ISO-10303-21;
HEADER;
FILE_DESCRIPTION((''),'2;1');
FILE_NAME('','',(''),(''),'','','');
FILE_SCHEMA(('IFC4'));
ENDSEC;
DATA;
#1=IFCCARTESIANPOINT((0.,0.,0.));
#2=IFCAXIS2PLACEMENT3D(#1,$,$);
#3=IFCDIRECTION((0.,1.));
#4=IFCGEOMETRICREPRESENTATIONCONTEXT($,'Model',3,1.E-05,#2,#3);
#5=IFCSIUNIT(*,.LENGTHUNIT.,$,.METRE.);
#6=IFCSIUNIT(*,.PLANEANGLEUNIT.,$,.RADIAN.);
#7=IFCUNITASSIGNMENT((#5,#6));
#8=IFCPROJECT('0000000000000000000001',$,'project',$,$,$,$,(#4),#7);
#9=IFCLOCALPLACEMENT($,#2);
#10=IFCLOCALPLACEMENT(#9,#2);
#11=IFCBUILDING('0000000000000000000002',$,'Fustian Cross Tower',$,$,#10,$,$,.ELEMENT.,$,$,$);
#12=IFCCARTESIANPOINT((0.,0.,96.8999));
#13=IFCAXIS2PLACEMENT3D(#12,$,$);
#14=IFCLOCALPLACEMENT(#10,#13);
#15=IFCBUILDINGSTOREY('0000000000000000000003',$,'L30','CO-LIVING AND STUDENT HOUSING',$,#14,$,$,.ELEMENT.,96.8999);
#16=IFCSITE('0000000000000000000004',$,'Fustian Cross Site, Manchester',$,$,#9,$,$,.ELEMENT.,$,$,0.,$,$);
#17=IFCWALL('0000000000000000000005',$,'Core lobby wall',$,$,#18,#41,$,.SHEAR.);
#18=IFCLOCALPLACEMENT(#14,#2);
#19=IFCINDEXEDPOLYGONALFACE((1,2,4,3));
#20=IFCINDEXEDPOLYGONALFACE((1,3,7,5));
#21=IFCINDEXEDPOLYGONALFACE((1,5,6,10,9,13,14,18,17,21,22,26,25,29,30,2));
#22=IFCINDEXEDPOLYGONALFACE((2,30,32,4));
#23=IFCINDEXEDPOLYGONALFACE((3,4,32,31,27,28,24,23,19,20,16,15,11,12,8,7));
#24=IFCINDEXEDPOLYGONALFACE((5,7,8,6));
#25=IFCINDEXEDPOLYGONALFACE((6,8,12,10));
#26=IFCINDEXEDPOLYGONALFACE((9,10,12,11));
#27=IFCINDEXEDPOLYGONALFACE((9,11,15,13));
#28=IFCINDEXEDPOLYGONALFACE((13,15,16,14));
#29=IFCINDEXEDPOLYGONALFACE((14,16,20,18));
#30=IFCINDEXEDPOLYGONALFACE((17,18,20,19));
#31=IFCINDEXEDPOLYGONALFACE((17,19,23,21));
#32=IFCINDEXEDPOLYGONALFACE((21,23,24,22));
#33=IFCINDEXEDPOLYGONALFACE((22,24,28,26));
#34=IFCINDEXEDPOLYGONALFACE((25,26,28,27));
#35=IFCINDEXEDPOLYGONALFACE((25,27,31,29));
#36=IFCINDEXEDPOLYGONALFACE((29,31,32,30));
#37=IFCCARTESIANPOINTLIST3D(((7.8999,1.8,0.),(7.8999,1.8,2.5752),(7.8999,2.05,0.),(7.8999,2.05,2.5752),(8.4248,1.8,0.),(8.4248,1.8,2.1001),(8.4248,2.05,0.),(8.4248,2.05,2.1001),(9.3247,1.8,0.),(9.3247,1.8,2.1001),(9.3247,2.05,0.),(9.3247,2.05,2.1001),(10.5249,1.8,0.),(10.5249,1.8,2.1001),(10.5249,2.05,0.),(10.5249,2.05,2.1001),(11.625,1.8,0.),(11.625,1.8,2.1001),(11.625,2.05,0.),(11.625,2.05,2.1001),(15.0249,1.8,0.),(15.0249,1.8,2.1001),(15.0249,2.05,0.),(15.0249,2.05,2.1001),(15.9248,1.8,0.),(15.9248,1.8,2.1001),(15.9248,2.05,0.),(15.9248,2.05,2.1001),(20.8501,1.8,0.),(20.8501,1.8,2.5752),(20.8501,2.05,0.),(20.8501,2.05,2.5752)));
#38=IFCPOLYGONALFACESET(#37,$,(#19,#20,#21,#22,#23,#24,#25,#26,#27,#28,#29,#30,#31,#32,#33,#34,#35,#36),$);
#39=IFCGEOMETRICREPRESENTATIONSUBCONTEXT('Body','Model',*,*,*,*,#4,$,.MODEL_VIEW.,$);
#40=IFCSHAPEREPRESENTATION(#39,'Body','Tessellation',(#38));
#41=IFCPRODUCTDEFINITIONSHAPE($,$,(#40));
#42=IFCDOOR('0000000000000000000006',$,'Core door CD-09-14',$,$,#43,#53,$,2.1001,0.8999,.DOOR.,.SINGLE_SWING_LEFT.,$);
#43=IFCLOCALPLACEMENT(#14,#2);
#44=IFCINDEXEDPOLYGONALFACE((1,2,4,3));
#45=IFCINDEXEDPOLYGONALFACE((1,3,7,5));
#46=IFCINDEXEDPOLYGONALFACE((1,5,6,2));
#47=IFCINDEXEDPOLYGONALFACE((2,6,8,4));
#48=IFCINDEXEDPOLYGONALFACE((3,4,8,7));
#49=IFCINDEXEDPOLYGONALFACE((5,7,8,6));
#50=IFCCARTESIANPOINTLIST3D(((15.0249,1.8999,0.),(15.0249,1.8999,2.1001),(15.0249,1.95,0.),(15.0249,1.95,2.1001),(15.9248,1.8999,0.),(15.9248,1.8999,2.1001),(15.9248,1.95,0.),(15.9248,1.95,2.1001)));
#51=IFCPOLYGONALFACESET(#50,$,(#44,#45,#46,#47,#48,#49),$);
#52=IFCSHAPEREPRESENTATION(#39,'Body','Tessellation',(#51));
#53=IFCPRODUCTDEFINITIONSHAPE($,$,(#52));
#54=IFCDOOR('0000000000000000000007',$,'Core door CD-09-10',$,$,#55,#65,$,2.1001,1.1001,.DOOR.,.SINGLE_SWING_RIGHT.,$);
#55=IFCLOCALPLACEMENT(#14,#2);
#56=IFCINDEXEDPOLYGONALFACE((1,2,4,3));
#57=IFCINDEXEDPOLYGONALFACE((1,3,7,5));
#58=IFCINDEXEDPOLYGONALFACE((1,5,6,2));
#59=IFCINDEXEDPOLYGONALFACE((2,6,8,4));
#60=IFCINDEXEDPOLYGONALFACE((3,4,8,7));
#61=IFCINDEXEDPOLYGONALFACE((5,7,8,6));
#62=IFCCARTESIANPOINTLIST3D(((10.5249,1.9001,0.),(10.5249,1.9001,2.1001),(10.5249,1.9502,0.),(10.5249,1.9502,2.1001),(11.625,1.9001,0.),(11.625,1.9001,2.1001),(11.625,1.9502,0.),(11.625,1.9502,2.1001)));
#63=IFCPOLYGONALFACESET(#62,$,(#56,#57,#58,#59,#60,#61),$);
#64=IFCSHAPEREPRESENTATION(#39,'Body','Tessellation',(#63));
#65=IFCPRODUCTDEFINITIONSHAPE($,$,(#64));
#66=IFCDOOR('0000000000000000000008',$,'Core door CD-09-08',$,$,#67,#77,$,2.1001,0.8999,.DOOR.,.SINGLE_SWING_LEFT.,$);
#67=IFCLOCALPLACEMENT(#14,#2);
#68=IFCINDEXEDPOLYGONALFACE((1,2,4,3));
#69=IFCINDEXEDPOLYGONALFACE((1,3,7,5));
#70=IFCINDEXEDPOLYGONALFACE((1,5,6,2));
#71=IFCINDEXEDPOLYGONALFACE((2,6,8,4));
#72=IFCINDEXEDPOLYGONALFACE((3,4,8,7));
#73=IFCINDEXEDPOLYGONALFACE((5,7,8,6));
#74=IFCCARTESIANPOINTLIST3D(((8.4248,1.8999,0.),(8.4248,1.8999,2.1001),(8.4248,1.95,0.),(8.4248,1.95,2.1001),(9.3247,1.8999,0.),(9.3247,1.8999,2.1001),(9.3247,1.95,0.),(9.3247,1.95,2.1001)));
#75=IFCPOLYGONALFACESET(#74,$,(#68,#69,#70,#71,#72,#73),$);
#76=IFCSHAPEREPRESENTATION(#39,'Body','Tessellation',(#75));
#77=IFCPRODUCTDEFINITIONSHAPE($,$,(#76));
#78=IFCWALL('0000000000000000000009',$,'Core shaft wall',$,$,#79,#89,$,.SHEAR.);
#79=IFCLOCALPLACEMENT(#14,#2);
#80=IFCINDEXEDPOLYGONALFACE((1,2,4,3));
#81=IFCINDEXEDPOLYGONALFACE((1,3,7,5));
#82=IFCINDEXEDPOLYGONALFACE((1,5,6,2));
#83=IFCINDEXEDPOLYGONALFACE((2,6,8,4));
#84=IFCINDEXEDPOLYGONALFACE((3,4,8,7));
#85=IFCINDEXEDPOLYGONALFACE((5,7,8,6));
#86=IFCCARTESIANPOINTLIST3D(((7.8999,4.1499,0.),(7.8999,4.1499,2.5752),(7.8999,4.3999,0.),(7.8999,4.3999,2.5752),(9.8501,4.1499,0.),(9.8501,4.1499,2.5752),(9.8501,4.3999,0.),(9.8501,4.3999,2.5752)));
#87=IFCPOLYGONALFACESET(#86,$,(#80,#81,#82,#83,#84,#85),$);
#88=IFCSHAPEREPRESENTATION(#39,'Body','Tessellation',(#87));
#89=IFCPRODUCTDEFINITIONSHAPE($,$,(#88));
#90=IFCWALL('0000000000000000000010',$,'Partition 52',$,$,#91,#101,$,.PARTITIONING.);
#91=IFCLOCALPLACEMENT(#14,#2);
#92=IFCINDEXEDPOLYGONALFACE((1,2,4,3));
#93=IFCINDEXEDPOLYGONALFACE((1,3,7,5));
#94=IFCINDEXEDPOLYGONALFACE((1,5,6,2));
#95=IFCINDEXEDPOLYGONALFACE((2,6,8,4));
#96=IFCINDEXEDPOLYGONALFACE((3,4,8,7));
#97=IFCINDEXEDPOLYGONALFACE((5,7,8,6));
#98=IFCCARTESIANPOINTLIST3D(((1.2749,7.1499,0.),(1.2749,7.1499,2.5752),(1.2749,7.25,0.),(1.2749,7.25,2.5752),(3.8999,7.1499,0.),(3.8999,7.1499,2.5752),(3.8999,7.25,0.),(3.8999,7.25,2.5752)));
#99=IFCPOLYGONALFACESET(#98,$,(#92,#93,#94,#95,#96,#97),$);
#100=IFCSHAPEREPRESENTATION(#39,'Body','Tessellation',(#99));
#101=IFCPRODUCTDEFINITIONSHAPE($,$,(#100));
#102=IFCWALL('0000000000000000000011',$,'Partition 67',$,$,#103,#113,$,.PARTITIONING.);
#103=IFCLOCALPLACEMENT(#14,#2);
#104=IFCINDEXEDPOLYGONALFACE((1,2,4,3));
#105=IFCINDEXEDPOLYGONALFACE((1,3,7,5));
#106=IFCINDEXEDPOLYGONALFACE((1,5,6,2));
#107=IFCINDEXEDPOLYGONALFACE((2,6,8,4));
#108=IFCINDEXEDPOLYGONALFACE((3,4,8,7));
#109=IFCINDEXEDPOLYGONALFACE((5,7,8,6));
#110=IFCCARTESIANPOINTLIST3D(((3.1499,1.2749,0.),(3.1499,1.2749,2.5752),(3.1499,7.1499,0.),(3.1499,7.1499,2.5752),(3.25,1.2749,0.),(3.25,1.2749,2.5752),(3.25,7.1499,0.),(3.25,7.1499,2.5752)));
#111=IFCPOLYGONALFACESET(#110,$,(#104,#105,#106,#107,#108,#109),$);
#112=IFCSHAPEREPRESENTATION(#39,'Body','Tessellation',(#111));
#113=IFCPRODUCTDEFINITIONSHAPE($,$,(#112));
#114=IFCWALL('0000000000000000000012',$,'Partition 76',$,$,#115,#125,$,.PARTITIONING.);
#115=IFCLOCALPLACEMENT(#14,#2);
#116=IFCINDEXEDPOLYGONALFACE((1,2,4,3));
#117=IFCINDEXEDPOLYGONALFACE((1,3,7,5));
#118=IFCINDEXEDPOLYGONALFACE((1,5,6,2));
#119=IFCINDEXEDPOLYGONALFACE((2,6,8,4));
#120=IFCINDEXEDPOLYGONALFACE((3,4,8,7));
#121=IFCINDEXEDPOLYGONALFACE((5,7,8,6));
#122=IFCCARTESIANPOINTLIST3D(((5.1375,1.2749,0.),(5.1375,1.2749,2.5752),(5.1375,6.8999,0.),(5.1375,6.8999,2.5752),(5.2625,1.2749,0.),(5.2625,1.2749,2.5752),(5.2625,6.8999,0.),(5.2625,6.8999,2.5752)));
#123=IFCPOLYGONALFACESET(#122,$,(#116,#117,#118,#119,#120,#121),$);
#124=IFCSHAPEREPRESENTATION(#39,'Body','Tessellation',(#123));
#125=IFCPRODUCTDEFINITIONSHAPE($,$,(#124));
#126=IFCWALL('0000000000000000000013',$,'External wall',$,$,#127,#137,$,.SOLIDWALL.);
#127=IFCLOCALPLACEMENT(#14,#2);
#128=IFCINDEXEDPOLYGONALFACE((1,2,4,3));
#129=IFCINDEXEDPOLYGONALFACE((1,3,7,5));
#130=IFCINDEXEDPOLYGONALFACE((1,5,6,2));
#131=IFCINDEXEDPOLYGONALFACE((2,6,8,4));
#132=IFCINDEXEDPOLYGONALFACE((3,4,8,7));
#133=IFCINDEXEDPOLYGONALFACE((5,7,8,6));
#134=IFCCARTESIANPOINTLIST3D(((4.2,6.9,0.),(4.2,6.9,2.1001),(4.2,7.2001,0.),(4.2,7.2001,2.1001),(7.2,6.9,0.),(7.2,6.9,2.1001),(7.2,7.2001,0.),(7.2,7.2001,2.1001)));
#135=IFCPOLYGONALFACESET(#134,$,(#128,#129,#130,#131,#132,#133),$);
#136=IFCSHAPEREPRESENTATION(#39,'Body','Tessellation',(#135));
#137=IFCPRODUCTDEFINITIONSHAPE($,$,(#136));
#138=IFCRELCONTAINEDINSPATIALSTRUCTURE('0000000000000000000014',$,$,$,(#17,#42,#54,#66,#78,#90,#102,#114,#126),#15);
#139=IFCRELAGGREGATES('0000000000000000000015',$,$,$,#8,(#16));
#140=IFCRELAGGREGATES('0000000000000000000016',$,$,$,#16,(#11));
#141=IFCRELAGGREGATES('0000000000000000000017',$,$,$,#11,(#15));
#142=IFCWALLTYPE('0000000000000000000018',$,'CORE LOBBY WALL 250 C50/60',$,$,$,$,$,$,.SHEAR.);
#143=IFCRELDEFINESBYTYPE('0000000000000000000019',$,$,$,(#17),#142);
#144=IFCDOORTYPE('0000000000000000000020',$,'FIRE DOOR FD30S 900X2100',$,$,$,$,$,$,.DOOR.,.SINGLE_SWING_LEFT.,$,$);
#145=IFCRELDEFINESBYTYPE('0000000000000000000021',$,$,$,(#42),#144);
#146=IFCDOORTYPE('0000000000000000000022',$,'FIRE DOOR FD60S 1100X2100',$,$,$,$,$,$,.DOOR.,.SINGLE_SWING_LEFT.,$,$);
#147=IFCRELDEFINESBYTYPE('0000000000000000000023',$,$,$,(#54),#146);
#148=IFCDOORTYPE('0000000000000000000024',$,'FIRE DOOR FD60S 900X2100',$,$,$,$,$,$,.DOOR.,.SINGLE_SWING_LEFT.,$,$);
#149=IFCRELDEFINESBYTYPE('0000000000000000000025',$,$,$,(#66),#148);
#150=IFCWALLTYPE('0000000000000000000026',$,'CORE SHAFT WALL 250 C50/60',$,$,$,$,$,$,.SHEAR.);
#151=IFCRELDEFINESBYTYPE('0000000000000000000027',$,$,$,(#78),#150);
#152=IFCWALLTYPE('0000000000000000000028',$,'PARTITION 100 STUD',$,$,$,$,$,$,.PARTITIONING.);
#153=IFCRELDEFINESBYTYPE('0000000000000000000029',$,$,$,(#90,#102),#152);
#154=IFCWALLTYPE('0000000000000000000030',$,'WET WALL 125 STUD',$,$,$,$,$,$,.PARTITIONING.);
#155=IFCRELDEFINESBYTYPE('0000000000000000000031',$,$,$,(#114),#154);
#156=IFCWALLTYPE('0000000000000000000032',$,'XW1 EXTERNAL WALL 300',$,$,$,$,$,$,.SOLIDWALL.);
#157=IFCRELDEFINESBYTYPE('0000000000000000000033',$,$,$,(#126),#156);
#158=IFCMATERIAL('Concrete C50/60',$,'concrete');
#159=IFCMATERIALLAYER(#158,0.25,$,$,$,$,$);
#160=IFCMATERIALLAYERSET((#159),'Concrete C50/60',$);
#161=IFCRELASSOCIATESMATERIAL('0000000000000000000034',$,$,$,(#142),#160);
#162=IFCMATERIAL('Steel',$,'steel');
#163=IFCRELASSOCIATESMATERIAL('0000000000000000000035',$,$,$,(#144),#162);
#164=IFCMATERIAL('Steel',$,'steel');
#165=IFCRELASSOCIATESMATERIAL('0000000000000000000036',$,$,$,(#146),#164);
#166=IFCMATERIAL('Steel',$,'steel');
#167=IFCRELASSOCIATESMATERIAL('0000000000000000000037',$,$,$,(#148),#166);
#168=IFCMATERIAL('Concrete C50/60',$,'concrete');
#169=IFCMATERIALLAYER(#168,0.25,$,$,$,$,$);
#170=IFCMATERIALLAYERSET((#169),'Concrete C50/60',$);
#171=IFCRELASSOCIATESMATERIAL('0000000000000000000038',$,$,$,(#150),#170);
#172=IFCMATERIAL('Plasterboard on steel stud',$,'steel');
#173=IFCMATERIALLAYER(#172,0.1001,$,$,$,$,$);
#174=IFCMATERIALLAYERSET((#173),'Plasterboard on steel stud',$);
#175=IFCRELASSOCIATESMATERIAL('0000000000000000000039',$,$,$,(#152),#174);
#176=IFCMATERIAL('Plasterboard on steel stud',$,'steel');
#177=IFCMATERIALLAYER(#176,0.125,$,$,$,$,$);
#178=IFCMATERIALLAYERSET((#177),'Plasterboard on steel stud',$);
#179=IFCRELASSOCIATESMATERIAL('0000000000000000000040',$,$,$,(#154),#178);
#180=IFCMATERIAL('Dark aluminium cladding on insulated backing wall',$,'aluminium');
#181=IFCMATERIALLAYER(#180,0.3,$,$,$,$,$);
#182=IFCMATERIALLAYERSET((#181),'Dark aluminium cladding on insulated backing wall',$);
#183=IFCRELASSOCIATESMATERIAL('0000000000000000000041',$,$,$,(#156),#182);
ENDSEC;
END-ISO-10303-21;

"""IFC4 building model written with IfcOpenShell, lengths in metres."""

from ifc_helpers import new_model, si_unit, direction, frame, frame_2d, origin, place, context, subcontext, project, spatial, rectangle, extrude, material, layer, layer_set, type_object, element, fill, save


model = new_model("IFC4")

# Units and contexts
model_context = context("Model", 3, precision=1e-05, world=origin(), true_north=direction((0.0, 1.0)))
body_context = subcontext(model_context, "Body", "Model", "MODEL_VIEW")
ifc_project = project(units=[si_unit("LENGTHUNIT", "METRE"), si_unit("PLANEANGLEUNIT", "RADIAN")], contexts=[model_context])

# Site, building, storey
site_placement = place(None, origin())
site = spatial("IfcSite", under=ifc_project, at=site_placement, Name="Fustian Cross Site, Manchester", CompositionType="ELEMENT", RefElevation=0.0)
building_placement = place(site_placement, origin())
building = spatial("IfcBuilding", under=site, at=building_placement, Name="Fustian Cross Tower", CompositionType="ELEMENT")
storey_placement = place(building_placement, frame((0.0, 0.0, 96.8999)))
storey = spatial("IfcBuildingStorey", under=building, at=storey_placement, Name="L30", Description="CO-LIVING AND STUDENT HOUSING", CompositionType="ELEMENT", Elevation=96.8999)

# Wall, openings, doors
ifc_material_1 = material(Name="Concrete C50/60", Category="concrete")
ifc_layer_1 = layer(ifc_material_1, 0.25)
ifc_layer_set_1 = layer_set([ifc_layer_1], Name="Concrete C50/60")
wall_type_1 = type_object("IfcWallType", Name="CORE LOBBY WALL 250 C50/60", PredefinedType="SHEAR", material=ifc_layer_set_1)
wall_1_placement = place(storey_placement, frame((7.8999, 1.925, 0.0), z_axis=(0.0, 0.0, 1.0), x_axis=(1.0, 0.0, 0.0)))
wall_1 = element("IfcWall", 1, at=wall_1_placement, inside=storey, type_object=wall_type_1, Name="Core lobby wall", PredefinedType="SHEAR", context=body_context, shape_type="SweptSolid", body=[
    extrude(rectangle(XDim=12.9502, YDim=0.25, at=frame_2d((6.4751, 0.0))), origin(), (0.0, 0.0, 1.0), 2.5752),
])
opening_1_placement = place(wall_1_placement, frame((0.5249, 0.0, 0.0)))
opening_1 = element("IfcOpeningElement", 2, at=opening_1_placement, cuts=wall_1, PredefinedType="OPENING", context=body_context, shape_type="SweptSolid", body=[
    extrude(rectangle(XDim=0.8999, YDim=2.1001, at=frame_2d((0.45, 1.05))), frame((0.0, 0.135, 0.0), z_axis=(0.0, -1.0, 0.0), x_axis=(1.0, 0.0, 0.0)), (0.0, 0.0, 1.0), 0.27),
])
opening_2_placement = place(wall_1_placement, frame((2.625, 0.0, 0.0)))
opening_2 = element("IfcOpeningElement", 3, at=opening_2_placement, cuts=wall_1, PredefinedType="OPENING", context=body_context, shape_type="SweptSolid", body=[
    extrude(rectangle(XDim=1.1001, YDim=2.1001, at=frame_2d((0.55, 1.05))), frame((0.0, 0.135, 0.0), z_axis=(0.0, -1.0, 0.0), x_axis=(1.0, 0.0, 0.0)), (0.0, 0.0, 1.0), 0.27),
])
opening_3_placement = place(wall_1_placement, frame((7.125, 0.0, 0.0)))
opening_3 = element("IfcOpeningElement", 4, at=opening_3_placement, cuts=wall_1, PredefinedType="OPENING", context=body_context, shape_type="SweptSolid", body=[
    extrude(rectangle(XDim=0.8999, YDim=2.1001, at=frame_2d((0.45, 1.05))), frame((0.0, 0.135, 0.0), z_axis=(0.0, -1.0, 0.0), x_axis=(1.0, 0.0, 0.0)), (0.0, 0.0, 1.0), 0.27),
])
ifc_material_2 = material(Name="Steel", Category="steel")
door_type_1 = type_object("IfcDoorType", Name="FIRE DOOR FD30S 900X2100", OperationType="SINGLE_SWING_LEFT", PredefinedType="DOOR", material=ifc_material_2)
door_1_placement = place(opening_3_placement, origin())
door_1 = element("IfcDoor", 5, at=door_1_placement, inside=storey, type_object=door_type_1, Name="Core door CD-09-14", OperationType="SINGLE_SWING_LEFT", OverallHeight=2.1001, OverallWidth=0.8999, PredefinedType="DOOR", context=body_context, shape_type="SweptSolid", body=[
    extrude(rectangle(XDim=0.8999, YDim=2.1001, at=frame_2d((0.45, 1.05))), frame((0.0, 0.0249, 0.0), z_axis=(0.0, -1.0, 0.0), x_axis=(1.0, 0.0, 0.0)), (0.0, 0.0, 1.0), 0.05),
])
fill(opening_3, door_1)
ifc_material_3 = material(Name="Steel", Category="steel")
door_type_2 = type_object("IfcDoorType", Name="FIRE DOOR FD60S 1100X2100", OperationType="SINGLE_SWING_LEFT", PredefinedType="DOOR", material=ifc_material_3)
door_2_placement = place(opening_2_placement, frame((1.1001, 0.0, 0.0), z_axis=(0.0, 0.0, 1.0), x_axis=(-1.0, 0.0, 0.0)))
door_2 = element("IfcDoor", 6, at=door_2_placement, inside=storey, type_object=door_type_2, Name="Core door CD-09-10", OperationType="SINGLE_SWING_RIGHT", OverallHeight=2.1001, OverallWidth=1.1001, PredefinedType="DOOR", context=body_context, shape_type="SweptSolid", body=[
    extrude(rectangle(XDim=1.1001, YDim=2.1001, at=frame_2d((0.55, 1.05))), frame((0.0, 0.0249, 0.0), z_axis=(0.0, -1.0, 0.0), x_axis=(1.0, 0.0, 0.0)), (0.0, 0.0, 1.0), 0.05),
])
fill(opening_2, door_2)
ifc_material_4 = material(Name="Steel", Category="steel")
door_type_3 = type_object("IfcDoorType", Name="FIRE DOOR FD60S 900X2100", OperationType="SINGLE_SWING_LEFT", PredefinedType="DOOR", material=ifc_material_4)
door_3_placement = place(opening_1_placement, origin())
door_3 = element("IfcDoor", 7, at=door_3_placement, inside=storey, type_object=door_type_3, Name="Core door CD-09-08", OperationType="SINGLE_SWING_LEFT", OverallHeight=2.1001, OverallWidth=0.8999, PredefinedType="DOOR", context=body_context, shape_type="SweptSolid", body=[
    extrude(rectangle(XDim=0.8999, YDim=2.1001, at=frame_2d((0.45, 1.05))), frame((0.0, 0.0249, 0.0), z_axis=(0.0, -1.0, 0.0), x_axis=(1.0, 0.0, 0.0)), (0.0, 0.0, 1.0), 0.05),
])
fill(opening_1, door_3)

# Walls
ifc_material_5 = material(Name="Concrete C50/60", Category="concrete")
ifc_layer_2 = layer(ifc_material_5, 0.25)
ifc_layer_set_2 = layer_set([ifc_layer_2], Name="Concrete C50/60")
wall_type_2 = type_object("IfcWallType", Name="CORE SHAFT WALL 250 C50/60", PredefinedType="SHEAR", material=ifc_layer_set_2)
wall_2_placement = place(storey_placement, frame((7.8999, 4.2749, 0.0), z_axis=(0.0, 0.0, 1.0), x_axis=(1.0, 0.0, 0.0)))
element("IfcWall", 8, at=wall_2_placement, inside=storey, type_object=wall_type_2, Name="Core shaft wall", PredefinedType="SHEAR", context=body_context, shape_type="SweptSolid", body=[
    extrude(rectangle(XDim=1.9502, YDim=0.25, at=frame_2d((0.9751, 0.0))), origin(), (0.0, 0.0, 1.0), 2.5752),
])
ifc_material_6 = material(Name="Plasterboard on steel stud", Category="steel")
ifc_layer_3 = layer(ifc_material_6, 0.1001)
ifc_layer_set_3 = layer_set([ifc_layer_3], Name="Plasterboard on steel stud")
wall_type_3 = type_object("IfcWallType", Name="PARTITION 100 STUD", PredefinedType="PARTITIONING", material=ifc_layer_set_3)
wall_3_placement = place(storey_placement, frame((1.2749, 7.2, 0.0), z_axis=(0.0, 0.0, 1.0), x_axis=(1.0, 0.0, 0.0)))
element("IfcWall", 9, at=wall_3_placement, inside=storey, type_object=wall_type_3, Name="Partition 52", PredefinedType="PARTITIONING", context=body_context, shape_type="SweptSolid", body=[
    extrude(rectangle(XDim=2.625, YDim=0.1001, at=frame_2d((1.3125, 0.0))), origin(), (0.0, 0.0, 1.0), 2.5752),
])
wall_4_placement = place(storey_placement, frame((3.2, 1.2749, 0.0), z_axis=(0.0, 0.0, 1.0), x_axis=(0.0, 1.0, 0.0)))
element("IfcWall", 10, at=wall_4_placement, inside=storey, type_object=wall_type_3, Name="Partition 67", PredefinedType="PARTITIONING", context=body_context, shape_type="SweptSolid", body=[
    extrude(rectangle(XDim=5.875, YDim=0.1001, at=frame_2d((2.9375, 0.0))), origin(), (0.0, 0.0, 1.0), 2.5752),
])
ifc_material_7 = material(Name="Plasterboard on steel stud", Category="steel")
ifc_layer_4 = layer(ifc_material_7, 0.125)
ifc_layer_set_4 = layer_set([ifc_layer_4], Name="Plasterboard on steel stud")
wall_type_4 = type_object("IfcWallType", Name="WET WALL 125 STUD", PredefinedType="PARTITIONING", material=ifc_layer_set_4)
wall_5_placement = place(storey_placement, frame((5.2, 1.2749, 0.0), z_axis=(0.0, 0.0, 1.0), x_axis=(0.0, 1.0, 0.0)))
element("IfcWall", 11, at=wall_5_placement, inside=storey, type_object=wall_type_4, Name="Partition 76", PredefinedType="PARTITIONING", context=body_context, shape_type="SweptSolid", body=[
    extrude(rectangle(XDim=5.625, YDim=0.125, at=frame_2d((2.8125, 0.0))), origin(), (0.0, 0.0, 1.0), 2.5752),
])
ifc_material_8 = material(Name="Dark aluminium cladding on insulated backing wall", Category="aluminium")
ifc_layer_5 = layer(ifc_material_8, 0.3)
ifc_layer_set_5 = layer_set([ifc_layer_5], Name="Dark aluminium cladding on insulated backing wall")
wall_type_5 = type_object("IfcWallType", Name="XW1 EXTERNAL WALL 300", PredefinedType="SOLIDWALL", material=ifc_layer_set_5)
wall_6_placement = place(storey_placement, frame((7.2, 7.05, 0.0), z_axis=(0.0, 0.0, 1.0), x_axis=(-1.0, 0.0, 0.0)))
element("IfcWall", 12, at=wall_6_placement, inside=storey, type_object=wall_type_5, Name="External wall", PredefinedType="SOLIDWALL", context=body_context, shape_type="SweptSolid", body=[
    extrude(rectangle(XDim=3.0, YDim=0.3, at=frame_2d((1.5, 0.0))), origin(), (0.0, 0.0, 1.0), 2.1001),
])

save(model, "model.ifc")
